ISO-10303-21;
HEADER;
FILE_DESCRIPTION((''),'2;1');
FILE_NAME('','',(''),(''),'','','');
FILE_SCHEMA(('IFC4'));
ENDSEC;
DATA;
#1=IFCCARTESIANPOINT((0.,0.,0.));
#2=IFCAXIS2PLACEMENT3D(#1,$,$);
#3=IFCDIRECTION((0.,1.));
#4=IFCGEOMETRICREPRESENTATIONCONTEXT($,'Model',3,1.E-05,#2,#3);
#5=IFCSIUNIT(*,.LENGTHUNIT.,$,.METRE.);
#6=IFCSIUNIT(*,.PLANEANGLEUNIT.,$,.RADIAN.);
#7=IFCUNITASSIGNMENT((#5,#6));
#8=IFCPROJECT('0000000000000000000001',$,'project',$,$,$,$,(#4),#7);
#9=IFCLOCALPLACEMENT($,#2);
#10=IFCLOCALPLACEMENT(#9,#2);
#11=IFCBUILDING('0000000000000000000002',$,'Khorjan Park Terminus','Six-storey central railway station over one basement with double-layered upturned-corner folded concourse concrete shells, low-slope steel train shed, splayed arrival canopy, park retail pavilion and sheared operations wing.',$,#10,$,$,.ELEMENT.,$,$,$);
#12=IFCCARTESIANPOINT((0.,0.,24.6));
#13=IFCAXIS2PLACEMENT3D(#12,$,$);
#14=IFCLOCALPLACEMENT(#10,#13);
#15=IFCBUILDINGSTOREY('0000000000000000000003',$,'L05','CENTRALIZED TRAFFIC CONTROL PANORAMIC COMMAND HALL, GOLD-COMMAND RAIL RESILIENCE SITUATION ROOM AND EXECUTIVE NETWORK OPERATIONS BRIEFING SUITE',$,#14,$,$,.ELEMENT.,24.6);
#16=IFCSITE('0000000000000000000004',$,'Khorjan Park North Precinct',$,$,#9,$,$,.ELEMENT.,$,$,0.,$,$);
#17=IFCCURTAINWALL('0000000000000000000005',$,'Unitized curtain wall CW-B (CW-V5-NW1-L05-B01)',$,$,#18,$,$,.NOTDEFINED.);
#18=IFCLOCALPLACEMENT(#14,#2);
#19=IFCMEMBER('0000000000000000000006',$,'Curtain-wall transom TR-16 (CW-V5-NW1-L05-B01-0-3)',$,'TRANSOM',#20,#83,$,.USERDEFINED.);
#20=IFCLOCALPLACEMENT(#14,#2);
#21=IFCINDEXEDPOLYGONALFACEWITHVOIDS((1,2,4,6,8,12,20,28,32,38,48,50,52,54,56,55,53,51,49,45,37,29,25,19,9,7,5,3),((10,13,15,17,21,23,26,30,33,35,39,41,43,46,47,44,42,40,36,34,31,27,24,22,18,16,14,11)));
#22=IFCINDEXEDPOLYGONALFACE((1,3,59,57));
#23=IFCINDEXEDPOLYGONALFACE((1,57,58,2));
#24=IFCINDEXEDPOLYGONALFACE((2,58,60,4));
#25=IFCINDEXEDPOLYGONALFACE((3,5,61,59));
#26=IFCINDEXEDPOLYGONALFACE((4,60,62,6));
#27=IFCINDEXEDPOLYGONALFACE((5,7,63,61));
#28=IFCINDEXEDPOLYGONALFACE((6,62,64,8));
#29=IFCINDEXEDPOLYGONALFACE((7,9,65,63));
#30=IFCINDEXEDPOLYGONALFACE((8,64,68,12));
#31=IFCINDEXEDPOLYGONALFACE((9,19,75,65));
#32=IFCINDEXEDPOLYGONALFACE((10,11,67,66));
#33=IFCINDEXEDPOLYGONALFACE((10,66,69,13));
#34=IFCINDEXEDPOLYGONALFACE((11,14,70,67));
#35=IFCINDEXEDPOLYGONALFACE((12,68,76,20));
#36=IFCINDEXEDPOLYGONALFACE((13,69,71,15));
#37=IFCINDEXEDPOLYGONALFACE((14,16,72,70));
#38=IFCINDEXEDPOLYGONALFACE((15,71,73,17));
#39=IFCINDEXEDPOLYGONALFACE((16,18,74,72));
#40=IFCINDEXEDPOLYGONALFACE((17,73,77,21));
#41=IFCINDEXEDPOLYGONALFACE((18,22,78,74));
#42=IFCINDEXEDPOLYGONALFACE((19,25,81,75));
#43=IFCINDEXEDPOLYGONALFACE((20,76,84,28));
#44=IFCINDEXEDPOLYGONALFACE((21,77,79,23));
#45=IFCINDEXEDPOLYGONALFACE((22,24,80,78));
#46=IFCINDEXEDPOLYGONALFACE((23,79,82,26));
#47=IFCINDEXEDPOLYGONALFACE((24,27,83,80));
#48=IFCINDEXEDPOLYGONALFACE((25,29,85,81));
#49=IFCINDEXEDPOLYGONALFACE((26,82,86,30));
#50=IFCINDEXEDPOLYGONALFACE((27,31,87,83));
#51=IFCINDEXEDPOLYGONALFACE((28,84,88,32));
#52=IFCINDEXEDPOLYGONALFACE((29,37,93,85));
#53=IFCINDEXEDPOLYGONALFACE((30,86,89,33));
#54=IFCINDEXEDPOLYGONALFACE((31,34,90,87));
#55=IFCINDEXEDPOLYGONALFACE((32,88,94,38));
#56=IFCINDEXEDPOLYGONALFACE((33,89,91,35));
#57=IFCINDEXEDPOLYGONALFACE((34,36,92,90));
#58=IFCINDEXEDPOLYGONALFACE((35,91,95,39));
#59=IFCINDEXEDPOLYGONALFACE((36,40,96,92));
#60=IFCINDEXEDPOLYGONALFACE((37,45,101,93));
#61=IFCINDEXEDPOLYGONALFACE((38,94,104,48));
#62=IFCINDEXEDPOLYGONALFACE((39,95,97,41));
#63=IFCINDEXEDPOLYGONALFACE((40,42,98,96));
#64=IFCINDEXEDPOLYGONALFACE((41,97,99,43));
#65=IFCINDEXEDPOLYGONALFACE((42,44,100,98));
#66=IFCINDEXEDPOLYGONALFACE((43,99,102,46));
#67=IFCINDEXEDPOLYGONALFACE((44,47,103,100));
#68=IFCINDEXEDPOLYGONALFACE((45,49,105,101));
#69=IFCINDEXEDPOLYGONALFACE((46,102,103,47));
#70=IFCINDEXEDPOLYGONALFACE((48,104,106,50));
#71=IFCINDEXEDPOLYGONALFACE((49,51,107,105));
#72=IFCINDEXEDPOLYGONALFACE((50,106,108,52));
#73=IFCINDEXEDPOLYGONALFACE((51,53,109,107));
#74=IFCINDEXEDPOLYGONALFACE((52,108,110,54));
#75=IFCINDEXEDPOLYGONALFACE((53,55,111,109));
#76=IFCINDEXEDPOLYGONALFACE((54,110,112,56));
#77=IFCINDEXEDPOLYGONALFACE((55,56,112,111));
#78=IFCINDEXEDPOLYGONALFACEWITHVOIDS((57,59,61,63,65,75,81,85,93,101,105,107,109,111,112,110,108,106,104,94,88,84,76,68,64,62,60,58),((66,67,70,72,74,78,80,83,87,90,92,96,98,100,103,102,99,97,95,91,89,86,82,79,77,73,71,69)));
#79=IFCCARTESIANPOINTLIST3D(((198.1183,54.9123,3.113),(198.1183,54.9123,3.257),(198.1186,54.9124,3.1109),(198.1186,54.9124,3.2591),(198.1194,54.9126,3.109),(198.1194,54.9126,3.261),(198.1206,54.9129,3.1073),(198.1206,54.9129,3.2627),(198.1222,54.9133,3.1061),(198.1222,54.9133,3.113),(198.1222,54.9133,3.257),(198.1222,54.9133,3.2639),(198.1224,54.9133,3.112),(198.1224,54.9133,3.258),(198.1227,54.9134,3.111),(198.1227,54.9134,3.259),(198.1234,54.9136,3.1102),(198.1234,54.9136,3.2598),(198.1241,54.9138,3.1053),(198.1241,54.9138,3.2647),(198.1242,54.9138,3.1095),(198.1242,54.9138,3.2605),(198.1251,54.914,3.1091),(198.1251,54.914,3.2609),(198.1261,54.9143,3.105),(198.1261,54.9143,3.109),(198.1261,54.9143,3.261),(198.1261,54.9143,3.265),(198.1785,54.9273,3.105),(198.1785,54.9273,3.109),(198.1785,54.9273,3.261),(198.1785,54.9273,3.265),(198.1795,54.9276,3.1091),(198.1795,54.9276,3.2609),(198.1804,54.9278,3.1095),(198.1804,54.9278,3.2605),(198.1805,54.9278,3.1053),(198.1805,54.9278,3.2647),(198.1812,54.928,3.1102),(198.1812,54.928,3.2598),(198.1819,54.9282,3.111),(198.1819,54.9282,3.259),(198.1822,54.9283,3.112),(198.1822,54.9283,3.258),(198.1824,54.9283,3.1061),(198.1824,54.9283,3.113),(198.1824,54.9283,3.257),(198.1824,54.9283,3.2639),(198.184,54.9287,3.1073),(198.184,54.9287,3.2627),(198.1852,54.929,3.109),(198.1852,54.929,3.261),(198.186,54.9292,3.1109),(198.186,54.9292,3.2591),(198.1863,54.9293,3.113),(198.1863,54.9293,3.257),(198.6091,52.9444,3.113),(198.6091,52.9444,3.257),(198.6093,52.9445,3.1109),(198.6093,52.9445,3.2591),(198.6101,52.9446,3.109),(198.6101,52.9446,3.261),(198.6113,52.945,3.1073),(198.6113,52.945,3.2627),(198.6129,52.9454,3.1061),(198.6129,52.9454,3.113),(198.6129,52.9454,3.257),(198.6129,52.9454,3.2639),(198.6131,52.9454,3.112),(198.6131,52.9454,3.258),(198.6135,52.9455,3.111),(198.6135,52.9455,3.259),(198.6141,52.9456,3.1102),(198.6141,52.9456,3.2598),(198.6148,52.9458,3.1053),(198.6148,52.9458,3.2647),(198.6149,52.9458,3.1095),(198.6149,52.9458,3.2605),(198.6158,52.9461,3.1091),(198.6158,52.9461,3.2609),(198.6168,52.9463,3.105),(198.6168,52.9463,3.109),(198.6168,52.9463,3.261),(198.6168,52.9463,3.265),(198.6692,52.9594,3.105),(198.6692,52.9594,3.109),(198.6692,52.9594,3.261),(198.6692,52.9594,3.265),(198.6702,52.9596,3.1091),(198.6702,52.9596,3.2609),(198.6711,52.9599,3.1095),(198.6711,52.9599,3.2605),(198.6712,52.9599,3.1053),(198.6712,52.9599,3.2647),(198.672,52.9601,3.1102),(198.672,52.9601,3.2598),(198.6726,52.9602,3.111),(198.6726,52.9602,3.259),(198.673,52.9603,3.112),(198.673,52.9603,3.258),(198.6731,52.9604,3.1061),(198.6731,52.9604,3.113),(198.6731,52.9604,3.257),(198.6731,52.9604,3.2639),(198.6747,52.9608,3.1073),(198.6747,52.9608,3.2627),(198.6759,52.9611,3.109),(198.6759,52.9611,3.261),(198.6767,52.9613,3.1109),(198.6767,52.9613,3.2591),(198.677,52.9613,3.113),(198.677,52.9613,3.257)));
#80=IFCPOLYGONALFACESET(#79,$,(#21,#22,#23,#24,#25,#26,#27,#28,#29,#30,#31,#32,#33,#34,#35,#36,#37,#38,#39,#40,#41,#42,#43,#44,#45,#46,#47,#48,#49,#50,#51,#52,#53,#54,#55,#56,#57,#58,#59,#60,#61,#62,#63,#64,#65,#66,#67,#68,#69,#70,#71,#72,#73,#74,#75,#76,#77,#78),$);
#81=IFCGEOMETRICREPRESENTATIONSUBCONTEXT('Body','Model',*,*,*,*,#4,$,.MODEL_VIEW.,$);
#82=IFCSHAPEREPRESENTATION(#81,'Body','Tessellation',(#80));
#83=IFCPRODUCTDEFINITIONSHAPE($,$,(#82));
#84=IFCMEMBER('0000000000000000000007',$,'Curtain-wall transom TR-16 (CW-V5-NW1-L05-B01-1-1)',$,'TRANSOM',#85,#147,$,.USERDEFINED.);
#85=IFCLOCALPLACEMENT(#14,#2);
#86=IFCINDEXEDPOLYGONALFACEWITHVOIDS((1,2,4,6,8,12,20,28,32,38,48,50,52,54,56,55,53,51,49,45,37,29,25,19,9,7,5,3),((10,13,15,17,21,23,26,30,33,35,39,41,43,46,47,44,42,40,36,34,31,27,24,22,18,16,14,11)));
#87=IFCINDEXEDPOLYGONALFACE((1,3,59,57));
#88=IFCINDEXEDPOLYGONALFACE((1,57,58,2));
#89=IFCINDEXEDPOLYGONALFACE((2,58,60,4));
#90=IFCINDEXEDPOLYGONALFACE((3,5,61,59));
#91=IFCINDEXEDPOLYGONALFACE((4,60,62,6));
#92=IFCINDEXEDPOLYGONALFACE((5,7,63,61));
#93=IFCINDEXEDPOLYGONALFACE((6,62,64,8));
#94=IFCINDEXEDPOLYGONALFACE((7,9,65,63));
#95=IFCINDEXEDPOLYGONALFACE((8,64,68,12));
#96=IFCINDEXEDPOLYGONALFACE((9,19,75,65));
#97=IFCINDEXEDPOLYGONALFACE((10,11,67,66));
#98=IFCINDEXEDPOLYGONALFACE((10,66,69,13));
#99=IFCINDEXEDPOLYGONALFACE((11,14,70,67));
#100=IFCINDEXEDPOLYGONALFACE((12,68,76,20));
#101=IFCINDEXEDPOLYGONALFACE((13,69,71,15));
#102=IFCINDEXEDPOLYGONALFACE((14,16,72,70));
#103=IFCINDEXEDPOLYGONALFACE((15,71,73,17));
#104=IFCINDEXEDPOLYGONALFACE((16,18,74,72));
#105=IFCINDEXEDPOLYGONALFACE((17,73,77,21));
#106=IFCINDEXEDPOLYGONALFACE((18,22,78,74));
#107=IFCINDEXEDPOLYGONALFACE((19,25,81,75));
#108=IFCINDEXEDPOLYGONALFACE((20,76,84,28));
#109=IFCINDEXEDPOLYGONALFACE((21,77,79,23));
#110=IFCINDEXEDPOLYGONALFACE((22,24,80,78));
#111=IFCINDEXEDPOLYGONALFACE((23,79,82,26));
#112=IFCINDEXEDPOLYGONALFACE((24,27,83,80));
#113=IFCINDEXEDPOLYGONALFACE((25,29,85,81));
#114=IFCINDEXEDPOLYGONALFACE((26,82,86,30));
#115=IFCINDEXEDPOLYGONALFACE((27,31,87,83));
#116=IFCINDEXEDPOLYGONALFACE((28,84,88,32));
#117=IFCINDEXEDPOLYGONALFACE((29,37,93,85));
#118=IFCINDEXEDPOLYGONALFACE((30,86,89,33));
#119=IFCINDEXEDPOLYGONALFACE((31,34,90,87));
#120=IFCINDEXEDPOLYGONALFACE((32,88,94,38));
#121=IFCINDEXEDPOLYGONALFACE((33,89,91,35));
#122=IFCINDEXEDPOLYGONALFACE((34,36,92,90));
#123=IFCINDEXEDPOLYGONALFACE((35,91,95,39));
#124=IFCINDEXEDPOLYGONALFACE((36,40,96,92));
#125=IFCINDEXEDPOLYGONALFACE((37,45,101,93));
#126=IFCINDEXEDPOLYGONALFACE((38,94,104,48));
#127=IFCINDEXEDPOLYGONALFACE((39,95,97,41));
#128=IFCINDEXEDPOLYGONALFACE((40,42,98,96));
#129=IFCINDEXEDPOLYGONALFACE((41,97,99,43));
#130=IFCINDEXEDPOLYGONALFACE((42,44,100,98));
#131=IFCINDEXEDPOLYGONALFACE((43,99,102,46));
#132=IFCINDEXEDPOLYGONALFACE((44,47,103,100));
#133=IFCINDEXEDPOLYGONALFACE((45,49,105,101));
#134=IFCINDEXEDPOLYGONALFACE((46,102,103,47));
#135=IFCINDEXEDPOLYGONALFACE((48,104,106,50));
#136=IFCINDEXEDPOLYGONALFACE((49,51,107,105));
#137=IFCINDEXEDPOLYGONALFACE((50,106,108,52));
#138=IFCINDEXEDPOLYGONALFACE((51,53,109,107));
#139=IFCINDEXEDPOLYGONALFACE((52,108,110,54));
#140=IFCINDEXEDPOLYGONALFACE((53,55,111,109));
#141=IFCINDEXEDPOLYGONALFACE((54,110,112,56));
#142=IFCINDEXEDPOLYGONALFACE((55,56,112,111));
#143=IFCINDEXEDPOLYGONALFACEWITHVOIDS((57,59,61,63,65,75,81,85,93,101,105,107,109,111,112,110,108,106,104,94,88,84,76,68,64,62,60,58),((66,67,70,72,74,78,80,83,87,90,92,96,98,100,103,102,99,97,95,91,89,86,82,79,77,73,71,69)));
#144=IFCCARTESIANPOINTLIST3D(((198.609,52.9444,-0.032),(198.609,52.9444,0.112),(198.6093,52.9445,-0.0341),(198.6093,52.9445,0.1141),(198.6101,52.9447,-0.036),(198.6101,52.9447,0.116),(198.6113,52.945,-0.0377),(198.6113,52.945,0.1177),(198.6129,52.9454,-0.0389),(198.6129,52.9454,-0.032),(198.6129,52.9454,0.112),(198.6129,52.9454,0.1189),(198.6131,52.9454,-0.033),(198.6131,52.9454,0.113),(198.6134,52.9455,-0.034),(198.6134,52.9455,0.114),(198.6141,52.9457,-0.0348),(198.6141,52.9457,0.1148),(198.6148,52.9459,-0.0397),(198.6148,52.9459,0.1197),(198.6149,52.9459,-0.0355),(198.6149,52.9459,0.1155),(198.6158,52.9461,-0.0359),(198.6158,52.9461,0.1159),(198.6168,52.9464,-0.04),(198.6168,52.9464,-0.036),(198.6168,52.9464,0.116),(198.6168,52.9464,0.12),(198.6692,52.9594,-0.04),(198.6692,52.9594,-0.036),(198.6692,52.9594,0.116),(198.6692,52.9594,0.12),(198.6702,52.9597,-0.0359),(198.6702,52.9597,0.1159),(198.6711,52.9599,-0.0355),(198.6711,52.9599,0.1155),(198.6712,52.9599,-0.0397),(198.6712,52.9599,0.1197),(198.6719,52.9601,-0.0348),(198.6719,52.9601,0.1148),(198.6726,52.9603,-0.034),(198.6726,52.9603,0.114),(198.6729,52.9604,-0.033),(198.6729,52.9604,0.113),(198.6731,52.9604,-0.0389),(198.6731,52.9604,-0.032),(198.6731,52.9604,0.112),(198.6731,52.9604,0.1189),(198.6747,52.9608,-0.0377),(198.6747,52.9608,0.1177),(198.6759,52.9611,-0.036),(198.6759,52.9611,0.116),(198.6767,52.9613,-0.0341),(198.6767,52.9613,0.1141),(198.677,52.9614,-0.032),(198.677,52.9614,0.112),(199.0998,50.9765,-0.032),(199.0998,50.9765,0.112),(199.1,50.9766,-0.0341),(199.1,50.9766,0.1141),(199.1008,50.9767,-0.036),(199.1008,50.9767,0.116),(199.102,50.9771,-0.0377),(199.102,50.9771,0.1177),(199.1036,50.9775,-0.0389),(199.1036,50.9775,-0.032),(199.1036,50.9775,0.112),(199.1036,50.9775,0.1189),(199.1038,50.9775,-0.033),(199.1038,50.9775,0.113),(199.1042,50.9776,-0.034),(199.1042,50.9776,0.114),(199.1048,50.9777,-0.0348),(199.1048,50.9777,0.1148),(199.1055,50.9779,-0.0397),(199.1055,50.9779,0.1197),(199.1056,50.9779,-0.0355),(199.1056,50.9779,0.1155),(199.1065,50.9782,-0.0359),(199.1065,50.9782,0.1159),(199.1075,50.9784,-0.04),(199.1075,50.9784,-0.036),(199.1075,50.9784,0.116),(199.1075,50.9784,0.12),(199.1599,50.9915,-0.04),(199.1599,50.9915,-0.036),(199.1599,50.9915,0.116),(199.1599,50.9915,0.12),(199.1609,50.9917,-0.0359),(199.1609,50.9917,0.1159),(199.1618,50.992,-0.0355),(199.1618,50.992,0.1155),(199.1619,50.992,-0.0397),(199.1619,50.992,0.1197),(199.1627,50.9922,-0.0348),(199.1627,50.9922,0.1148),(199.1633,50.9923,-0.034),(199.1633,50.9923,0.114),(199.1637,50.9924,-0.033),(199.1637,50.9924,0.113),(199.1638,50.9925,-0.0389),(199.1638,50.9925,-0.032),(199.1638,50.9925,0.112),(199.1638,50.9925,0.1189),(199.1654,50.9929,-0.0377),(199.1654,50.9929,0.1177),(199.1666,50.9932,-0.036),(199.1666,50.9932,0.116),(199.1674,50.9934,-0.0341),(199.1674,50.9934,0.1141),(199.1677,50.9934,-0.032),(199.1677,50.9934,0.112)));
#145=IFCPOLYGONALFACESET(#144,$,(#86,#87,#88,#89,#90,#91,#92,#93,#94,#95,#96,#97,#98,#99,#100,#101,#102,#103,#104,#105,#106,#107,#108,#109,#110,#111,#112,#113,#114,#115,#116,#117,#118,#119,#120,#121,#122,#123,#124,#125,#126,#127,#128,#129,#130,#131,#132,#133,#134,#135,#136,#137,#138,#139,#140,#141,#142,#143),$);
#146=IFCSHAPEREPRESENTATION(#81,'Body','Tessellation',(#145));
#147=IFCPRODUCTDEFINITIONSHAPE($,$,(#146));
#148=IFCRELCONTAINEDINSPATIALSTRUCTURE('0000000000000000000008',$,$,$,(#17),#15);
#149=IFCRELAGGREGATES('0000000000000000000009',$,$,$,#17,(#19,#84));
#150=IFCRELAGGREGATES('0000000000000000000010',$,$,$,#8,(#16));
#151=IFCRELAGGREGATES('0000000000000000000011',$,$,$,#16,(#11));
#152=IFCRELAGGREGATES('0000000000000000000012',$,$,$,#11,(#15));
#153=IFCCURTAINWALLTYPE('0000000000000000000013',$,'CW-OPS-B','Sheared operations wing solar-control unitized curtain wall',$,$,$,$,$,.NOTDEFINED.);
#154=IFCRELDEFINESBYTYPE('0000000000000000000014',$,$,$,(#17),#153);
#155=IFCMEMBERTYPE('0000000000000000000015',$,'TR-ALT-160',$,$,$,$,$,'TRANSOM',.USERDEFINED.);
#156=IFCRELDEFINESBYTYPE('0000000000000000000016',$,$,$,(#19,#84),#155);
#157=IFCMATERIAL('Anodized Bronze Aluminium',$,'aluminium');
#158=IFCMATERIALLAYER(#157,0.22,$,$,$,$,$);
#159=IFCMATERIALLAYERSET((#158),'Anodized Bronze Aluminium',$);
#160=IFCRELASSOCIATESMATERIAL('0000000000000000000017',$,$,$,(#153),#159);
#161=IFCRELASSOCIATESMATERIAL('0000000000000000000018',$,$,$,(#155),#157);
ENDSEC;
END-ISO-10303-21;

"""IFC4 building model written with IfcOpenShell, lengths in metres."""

from ifc_helpers import new_model, si_unit, direction, frame, origin, origin_2d, place, context, subcontext, project, spatial, hollow_rectangle, extrude, material, layer, layer_set, material_profile, profile_set, type_object, element, aggregate, save


model = new_model("IFC4")

# Units and contexts
model_context = context("Model", 3, precision=1e-05, world=origin(), true_north=direction((0.0, 1.0)))
body_context = subcontext(model_context, "Body", "Model", "MODEL_VIEW")
ifc_project = project(units=[si_unit("LENGTHUNIT", "METRE"), si_unit("PLANEANGLEUNIT", "RADIAN")], contexts=[model_context])

# Site, building, storey
site_placement = place(None, origin())
site = spatial("IfcSite", under=ifc_project, at=site_placement, Name="Khorjan Park North Precinct", CompositionType="ELEMENT", RefElevation=0.0)
building_placement = place(site_placement, origin())
building = spatial("IfcBuilding", under=site, at=building_placement, Name="Khorjan Park Terminus", Description="Six-storey central railway station over one basement with double-layered upturned-corner folded concourse concrete shells, low-slope steel train shed, splayed arrival canopy, park retail pavilion and sheared operations wing.", CompositionType="ELEMENT")
storey_placement = place(building_placement, frame((0.0, 0.0, 24.6)))
storey = spatial("IfcBuildingStorey", under=building, at=storey_placement, Name="L05", Description="CENTRALIZED TRAFFIC CONTROL PANORAMIC COMMAND HALL, GOLD-COMMAND RAIL RESILIENCE SITUATION ROOM AND EXECUTIVE NETWORK OPERATIONS BRIEFING SUITE", CompositionType="ELEMENT", Elevation=24.6)

# Curtain wall, members
ifc_material_1 = material(Name="Anodized Bronze Aluminium", Category="aluminium")
ifc_layer_1 = layer(ifc_material_1, 0.22)
ifc_layer_set_1 = layer_set([ifc_layer_1], Name="Anodized Bronze Aluminium")
curtain_wall_type = type_object("IfcCurtainWallType", Name="CW-OPS-B", Description="Sheared operations wing solar-control unitized curtain wall", PredefinedType="NOTDEFINED", material=ifc_layer_set_1)
curtain_wall_placement = place(storey_placement, origin())
curtain_wall = element("IfcCurtainWall", 1, at=curtain_wall_placement, inside=storey, type_object=curtain_wall_type, Name="Unitized curtain wall CW-B (CW-V5-NW1-L05-B01)", PredefinedType="NOTDEFINED")
ifc_material_profile_1 = material_profile(ifc_material_1, hollow_rectangle(XDim=0.07, YDim=0.16, WallThickness=0.004, InnerFilletRadius=0.004, OuterFilletRadius=0.008, at=origin_2d()), Name="ALT 70x160x4")
ifc_profile_set_1 = profile_set([ifc_material_profile_1], Name="Anodized Bronze Aluminium")
member_type_1 = type_object("IfcMemberType", Name="TR-ALT-160", ElementType="TRANSOM", PredefinedType="USERDEFINED", material=ifc_profile_set_1)
member_1_placement = place(storey_placement, frame((198.1523, 54.9208, 3.185), z_axis=(0.241944, -0.97029, 0.0), x_axis=(0.97029, 0.241944, 0.0)))
member_1 = element("IfcMember", 2, at=member_1_placement, type_object=member_type_1, Name="Curtain-wall transom TR-16 (CW-V5-NW1-L05-B01-0-3)", ObjectType="TRANSOM", PredefinedType="USERDEFINED", context=body_context, shape_type="SweptSolid", body=[
    extrude(hollow_rectangle(XDim=0.07, YDim=0.16, WallThickness=0.004, InnerFilletRadius=0.004, OuterFilletRadius=0.008, at=origin_2d()), origin(), (0.0, 0.0, 1.0), 2.0282),
])
member_2_placement = place(storey_placement, frame((198.643, 52.9529, 0.04), z_axis=(0.241944, -0.97029, 0.0), x_axis=(0.97029, 0.241944, 0.0)))
member_2 = element("IfcMember", 3, at=member_2_placement, type_object=member_type_1, Name="Curtain-wall transom TR-16 (CW-V5-NW1-L05-B01-1-1)", ObjectType="TRANSOM", PredefinedType="USERDEFINED", context=body_context, shape_type="SweptSolid", body=[
    extrude(hollow_rectangle(XDim=0.07, YDim=0.16, WallThickness=0.004, InnerFilletRadius=0.004, OuterFilletRadius=0.008, at=origin_2d()), origin(), (0.0, 0.0, 1.0), 2.0282),
])
aggregate(curtain_wall, [member_1, member_2])

save(model, "model.ifc")
